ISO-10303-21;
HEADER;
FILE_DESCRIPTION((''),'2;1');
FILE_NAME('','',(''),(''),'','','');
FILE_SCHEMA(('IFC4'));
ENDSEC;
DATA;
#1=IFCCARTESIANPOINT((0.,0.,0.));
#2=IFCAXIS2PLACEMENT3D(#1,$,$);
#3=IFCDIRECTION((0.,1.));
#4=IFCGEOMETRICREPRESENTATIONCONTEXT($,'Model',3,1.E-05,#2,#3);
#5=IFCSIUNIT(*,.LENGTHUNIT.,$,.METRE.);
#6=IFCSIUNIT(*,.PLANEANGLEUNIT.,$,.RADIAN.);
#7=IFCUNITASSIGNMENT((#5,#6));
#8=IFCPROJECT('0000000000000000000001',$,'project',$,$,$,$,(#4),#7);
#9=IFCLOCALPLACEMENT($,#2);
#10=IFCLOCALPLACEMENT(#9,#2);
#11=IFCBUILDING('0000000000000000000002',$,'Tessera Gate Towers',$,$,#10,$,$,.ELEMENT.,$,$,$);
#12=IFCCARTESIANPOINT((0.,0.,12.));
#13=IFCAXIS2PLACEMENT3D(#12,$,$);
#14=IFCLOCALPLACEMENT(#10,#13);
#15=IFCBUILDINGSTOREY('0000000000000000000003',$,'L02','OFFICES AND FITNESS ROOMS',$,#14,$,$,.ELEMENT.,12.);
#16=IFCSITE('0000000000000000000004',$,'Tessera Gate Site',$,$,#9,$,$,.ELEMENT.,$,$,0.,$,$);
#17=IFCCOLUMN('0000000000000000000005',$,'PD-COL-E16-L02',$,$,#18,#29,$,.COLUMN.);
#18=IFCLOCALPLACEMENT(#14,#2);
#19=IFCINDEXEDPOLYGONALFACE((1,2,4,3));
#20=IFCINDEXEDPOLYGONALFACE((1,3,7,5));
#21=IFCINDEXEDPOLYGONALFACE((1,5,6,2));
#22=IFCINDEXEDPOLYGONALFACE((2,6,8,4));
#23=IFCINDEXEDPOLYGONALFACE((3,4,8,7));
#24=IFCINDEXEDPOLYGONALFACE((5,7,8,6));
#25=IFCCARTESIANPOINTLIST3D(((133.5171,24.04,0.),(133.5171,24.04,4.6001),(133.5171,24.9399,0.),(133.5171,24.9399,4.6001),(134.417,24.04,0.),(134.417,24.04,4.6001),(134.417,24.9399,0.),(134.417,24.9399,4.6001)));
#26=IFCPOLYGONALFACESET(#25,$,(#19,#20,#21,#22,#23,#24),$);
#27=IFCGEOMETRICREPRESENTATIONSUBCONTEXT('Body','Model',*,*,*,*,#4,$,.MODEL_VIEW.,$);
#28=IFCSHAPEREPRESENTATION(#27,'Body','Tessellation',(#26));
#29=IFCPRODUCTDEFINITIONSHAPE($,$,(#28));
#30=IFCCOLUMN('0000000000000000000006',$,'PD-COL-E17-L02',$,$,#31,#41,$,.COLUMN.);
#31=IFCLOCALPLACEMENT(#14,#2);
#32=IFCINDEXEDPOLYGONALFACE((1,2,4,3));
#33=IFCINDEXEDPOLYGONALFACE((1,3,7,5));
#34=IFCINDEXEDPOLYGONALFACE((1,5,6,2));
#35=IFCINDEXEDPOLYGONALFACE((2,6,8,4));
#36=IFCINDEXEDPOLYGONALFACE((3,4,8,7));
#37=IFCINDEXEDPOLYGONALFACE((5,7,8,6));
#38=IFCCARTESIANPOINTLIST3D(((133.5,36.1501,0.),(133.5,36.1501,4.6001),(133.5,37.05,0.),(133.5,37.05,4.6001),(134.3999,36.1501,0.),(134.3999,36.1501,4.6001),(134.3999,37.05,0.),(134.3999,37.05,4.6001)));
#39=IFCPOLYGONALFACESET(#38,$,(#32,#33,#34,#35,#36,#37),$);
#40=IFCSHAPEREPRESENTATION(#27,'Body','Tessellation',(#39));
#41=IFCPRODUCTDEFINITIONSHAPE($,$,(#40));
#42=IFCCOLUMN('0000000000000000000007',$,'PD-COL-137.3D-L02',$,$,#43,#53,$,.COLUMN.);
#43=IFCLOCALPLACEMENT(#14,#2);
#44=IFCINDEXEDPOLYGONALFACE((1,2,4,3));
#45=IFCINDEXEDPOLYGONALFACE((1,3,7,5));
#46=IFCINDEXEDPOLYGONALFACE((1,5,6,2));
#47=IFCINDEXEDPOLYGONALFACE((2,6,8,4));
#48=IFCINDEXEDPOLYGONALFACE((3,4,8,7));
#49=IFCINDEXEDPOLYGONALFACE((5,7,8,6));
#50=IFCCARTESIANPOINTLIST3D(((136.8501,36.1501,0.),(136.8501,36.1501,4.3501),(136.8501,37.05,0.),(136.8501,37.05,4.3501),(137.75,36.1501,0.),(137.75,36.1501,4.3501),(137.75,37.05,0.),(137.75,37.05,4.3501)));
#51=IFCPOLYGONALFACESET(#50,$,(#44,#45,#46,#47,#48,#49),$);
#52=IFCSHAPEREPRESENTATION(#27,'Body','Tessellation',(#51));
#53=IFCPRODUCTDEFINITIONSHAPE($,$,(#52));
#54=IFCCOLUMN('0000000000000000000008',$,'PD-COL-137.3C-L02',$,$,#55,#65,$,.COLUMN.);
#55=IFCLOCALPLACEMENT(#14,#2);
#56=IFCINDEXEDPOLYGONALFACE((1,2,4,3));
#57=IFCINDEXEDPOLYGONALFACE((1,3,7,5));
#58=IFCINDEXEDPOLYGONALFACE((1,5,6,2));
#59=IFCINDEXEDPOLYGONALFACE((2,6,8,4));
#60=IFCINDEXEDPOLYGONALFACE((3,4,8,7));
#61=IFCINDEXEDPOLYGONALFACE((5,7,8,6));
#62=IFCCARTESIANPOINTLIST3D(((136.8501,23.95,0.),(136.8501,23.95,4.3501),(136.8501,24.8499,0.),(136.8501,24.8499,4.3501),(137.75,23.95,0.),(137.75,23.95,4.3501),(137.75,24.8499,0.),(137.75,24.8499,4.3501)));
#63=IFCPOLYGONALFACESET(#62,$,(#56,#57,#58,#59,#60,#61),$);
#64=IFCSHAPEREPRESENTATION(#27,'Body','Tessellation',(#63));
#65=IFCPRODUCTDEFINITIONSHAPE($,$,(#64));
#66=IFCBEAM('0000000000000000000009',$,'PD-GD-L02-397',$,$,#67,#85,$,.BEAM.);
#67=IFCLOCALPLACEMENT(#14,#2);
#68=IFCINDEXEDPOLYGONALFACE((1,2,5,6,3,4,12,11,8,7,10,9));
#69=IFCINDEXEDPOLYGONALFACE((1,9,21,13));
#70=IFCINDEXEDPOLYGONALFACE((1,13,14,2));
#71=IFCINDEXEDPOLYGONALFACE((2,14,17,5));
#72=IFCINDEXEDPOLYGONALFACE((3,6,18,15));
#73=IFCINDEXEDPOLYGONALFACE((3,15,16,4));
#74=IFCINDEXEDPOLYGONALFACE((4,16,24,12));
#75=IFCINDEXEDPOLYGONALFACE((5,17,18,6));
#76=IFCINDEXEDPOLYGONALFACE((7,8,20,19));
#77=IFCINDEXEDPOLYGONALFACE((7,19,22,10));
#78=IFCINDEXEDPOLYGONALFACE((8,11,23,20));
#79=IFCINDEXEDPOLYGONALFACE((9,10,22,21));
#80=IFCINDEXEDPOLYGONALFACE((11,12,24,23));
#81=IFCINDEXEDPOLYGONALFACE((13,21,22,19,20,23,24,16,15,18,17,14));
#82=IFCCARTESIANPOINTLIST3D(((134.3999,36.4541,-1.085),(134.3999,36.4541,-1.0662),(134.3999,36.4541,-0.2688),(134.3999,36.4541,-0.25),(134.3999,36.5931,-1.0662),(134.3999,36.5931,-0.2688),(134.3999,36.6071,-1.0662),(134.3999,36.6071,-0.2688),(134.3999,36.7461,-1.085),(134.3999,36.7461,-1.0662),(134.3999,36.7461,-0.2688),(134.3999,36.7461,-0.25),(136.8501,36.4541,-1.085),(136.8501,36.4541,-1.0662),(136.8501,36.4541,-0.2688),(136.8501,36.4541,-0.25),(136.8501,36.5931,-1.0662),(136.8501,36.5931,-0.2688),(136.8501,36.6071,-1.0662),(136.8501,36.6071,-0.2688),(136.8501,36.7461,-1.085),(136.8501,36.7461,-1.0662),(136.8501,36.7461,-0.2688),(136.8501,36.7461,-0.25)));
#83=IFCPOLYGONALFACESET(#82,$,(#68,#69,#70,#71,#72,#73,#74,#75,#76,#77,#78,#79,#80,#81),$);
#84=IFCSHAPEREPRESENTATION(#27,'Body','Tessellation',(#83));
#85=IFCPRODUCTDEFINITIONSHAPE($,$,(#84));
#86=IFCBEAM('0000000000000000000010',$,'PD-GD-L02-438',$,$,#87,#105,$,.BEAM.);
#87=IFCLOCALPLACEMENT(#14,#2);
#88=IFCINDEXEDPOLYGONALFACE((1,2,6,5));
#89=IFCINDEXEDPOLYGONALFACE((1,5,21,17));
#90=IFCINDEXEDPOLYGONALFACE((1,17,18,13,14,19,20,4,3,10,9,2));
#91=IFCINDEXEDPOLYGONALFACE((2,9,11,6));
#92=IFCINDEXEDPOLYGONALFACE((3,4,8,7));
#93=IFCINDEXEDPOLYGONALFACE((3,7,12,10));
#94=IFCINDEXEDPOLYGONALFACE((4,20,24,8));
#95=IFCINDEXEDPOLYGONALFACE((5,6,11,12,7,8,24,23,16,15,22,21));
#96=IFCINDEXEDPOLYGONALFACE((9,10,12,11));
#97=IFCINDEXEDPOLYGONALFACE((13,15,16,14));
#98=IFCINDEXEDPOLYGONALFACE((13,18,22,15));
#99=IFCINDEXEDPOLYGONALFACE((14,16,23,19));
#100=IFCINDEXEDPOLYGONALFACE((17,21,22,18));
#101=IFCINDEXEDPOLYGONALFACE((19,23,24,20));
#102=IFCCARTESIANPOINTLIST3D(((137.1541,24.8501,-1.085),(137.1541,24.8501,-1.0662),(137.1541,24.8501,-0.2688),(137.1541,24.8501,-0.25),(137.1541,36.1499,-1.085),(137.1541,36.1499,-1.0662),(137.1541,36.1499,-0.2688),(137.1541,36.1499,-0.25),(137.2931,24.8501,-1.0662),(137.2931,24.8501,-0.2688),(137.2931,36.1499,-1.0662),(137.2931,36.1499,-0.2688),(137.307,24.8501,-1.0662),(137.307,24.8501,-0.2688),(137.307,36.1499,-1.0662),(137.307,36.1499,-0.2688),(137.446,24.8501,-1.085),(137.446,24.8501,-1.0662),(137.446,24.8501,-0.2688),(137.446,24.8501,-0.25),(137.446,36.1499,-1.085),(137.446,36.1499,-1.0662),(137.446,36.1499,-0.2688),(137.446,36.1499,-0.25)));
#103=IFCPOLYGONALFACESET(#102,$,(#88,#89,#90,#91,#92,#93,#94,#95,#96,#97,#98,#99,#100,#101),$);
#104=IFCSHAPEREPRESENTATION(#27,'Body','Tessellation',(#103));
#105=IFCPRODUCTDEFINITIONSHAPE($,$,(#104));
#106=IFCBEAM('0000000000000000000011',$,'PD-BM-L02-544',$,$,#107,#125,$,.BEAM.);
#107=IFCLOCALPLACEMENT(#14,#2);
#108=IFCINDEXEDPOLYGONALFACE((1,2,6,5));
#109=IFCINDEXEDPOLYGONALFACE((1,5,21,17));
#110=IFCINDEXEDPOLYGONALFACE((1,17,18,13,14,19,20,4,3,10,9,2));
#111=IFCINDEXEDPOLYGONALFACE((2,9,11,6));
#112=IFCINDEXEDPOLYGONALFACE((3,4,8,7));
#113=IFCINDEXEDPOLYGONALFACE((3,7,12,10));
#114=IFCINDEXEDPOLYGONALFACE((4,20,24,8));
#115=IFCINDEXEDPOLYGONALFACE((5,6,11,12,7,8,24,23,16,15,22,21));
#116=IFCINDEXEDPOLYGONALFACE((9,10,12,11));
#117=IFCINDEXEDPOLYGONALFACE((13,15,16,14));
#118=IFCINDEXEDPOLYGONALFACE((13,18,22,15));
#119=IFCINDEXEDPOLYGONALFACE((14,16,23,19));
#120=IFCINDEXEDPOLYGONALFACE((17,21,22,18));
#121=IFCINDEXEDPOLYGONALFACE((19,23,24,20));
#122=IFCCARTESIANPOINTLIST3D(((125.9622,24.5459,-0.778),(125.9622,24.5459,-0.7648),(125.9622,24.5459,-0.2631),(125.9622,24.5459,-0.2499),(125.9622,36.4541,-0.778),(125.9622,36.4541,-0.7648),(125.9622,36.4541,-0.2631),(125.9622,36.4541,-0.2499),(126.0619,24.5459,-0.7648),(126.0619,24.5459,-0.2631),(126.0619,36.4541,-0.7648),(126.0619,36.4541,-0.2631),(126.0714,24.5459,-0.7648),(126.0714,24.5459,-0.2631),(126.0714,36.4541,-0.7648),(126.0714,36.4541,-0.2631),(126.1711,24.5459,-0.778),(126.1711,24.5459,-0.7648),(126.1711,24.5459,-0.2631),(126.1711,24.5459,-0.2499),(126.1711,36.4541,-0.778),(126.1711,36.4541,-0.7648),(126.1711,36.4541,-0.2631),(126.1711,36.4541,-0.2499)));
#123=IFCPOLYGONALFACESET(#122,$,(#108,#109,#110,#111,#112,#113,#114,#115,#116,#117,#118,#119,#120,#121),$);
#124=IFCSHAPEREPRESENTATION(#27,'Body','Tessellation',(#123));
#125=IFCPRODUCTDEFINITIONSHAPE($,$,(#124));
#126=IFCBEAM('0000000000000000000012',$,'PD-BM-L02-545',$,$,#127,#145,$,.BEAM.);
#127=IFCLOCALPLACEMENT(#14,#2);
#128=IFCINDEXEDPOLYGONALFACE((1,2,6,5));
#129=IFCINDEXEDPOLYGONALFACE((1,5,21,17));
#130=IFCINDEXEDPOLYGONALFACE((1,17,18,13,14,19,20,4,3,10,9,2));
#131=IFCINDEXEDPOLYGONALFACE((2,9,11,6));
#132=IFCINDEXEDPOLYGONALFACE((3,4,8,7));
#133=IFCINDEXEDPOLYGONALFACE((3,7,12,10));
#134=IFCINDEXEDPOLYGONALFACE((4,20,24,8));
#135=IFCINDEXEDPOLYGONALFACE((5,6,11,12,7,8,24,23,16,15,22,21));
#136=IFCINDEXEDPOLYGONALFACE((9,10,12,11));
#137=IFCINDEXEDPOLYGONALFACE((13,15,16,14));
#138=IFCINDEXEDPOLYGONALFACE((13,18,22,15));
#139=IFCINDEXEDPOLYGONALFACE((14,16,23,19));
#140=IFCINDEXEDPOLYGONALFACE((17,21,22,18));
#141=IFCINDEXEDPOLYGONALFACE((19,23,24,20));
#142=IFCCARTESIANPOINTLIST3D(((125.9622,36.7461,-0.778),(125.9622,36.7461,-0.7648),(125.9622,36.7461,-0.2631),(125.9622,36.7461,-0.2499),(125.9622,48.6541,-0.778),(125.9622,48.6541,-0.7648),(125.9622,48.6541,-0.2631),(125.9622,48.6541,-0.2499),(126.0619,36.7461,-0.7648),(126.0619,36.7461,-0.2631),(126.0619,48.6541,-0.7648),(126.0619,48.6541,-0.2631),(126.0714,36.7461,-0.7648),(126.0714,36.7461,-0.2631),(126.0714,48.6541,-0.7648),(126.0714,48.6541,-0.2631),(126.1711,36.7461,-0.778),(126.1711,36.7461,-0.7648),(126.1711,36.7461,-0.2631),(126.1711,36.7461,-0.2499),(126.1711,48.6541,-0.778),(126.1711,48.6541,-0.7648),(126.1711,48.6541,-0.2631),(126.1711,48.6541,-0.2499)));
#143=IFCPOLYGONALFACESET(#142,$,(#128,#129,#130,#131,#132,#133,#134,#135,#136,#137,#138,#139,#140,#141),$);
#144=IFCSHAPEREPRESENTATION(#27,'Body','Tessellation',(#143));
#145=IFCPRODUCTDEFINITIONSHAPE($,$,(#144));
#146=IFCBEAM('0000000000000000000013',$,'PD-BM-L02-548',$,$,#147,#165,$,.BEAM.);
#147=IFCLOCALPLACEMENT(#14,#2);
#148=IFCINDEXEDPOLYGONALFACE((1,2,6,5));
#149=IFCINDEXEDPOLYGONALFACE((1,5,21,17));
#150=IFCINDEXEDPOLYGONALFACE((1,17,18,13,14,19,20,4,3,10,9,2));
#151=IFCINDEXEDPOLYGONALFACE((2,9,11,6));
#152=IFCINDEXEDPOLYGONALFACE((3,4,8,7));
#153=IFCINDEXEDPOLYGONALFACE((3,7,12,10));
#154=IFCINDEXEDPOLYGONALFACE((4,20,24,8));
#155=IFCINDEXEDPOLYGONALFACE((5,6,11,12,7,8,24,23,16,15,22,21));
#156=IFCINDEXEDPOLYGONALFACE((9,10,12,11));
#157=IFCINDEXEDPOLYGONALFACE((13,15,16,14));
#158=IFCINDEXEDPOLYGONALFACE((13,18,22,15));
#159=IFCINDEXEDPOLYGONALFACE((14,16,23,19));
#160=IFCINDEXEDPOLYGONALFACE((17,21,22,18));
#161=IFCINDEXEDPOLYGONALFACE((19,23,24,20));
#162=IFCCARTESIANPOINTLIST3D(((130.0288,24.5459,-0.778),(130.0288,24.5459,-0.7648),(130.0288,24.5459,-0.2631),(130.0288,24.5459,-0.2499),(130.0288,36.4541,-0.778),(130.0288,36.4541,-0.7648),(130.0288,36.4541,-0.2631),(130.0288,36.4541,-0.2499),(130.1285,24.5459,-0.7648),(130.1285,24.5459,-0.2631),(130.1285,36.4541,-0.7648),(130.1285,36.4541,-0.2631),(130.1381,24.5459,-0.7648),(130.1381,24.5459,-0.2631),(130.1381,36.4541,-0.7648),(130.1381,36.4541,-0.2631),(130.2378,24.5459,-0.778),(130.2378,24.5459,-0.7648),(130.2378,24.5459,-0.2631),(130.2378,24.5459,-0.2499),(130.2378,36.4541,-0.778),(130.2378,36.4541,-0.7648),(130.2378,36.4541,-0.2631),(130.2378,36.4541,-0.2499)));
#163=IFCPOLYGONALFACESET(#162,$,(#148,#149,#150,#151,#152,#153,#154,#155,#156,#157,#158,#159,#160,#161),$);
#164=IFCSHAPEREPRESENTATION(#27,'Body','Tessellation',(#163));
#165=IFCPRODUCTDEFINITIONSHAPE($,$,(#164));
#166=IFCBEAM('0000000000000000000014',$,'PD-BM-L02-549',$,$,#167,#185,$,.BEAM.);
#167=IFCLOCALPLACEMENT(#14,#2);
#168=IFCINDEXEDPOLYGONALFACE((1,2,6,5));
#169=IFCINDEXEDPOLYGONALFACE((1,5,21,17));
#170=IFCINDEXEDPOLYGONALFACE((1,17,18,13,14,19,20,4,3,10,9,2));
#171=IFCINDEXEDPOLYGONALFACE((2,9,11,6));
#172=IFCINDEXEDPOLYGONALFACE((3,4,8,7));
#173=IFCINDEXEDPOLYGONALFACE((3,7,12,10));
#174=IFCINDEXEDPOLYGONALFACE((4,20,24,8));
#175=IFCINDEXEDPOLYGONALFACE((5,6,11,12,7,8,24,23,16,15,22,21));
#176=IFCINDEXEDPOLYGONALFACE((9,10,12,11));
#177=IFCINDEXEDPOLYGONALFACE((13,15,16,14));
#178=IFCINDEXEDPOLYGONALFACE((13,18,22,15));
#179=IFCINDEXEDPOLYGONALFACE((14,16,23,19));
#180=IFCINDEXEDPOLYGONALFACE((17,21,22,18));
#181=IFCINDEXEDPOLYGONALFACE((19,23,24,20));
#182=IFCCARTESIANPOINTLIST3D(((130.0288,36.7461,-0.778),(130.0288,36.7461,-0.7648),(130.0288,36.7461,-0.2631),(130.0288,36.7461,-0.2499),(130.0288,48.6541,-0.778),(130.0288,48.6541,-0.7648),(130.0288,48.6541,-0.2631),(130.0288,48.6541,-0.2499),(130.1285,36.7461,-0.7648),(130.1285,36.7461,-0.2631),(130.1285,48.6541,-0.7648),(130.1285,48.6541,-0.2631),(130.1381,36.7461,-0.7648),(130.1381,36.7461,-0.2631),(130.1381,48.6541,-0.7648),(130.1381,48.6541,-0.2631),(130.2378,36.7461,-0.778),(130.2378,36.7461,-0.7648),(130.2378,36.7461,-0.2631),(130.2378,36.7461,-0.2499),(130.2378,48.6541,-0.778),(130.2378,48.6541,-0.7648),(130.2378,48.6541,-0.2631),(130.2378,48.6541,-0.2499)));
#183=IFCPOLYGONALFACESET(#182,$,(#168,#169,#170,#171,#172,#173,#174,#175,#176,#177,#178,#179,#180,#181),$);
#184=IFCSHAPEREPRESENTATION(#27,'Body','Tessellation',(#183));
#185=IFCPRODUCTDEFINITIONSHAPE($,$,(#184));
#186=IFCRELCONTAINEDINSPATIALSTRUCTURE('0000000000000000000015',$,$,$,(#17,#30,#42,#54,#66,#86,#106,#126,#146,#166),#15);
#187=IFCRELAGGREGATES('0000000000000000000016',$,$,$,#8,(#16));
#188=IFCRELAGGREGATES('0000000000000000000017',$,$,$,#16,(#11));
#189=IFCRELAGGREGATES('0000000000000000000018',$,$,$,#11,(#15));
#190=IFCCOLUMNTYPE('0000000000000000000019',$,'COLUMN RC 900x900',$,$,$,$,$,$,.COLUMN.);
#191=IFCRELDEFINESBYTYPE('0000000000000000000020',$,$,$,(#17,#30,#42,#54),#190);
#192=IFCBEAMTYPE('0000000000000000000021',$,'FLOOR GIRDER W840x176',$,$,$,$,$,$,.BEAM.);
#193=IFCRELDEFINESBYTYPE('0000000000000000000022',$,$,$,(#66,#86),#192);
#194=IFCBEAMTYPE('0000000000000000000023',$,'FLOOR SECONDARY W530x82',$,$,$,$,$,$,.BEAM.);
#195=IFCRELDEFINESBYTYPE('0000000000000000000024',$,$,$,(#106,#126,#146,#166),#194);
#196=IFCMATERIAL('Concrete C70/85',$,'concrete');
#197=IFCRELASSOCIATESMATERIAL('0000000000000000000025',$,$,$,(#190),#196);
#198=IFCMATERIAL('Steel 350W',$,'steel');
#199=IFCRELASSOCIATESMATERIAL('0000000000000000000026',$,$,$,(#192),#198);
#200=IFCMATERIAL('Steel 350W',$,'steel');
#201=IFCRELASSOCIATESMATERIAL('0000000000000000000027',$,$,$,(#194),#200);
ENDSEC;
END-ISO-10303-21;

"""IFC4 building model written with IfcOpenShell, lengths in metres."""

from ifc_helpers import new_model, si_unit, direction, frame, origin, origin_2d, place, context, subcontext, project, spatial, rectangle, i_section, extrude, material, material_profile, profile_set, type_object, element, save


model = new_model("IFC4")

# Units and contexts
model_context = context("Model", 3, precision=1e-05, world=origin(), true_north=direction((0.0, 1.0)))
body_context = subcontext(model_context, "Body", "Model", "MODEL_VIEW")
ifc_project = project(units=[si_unit("LENGTHUNIT", "METRE"), si_unit("PLANEANGLEUNIT", "RADIAN")], contexts=[model_context])

# Site, building, storey
site_placement = place(None, origin())
site = spatial("IfcSite", under=ifc_project, at=site_placement, Name="Tessera Gate Site", CompositionType="ELEMENT", RefElevation=0.0)
building_placement = place(site_placement, origin())
building = spatial("IfcBuilding", under=site, at=building_placement, Name="Tessera Gate Towers", CompositionType="ELEMENT")
storey_placement = place(building_placement, frame((0.0, 0.0, 12.0)))
storey = spatial("IfcBuildingStorey", under=building, at=storey_placement, Name="L02", Description="OFFICES AND FITNESS ROOMS", CompositionType="ELEMENT", Elevation=12.0)

# Columns
ifc_material_1 = material(Name="Concrete C70/85", Category="concrete")
ifc_material_profile_1 = material_profile(ifc_material_1, rectangle(XDim=0.8999, YDim=0.8999, at=origin_2d()), Name="RC 900x900")
ifc_profile_set_1 = profile_set([ifc_material_profile_1], Name="Concrete C70/85")
column_type = type_object("IfcColumnType", Name="COLUMN RC 900x900", PredefinedType="COLUMN", material=ifc_profile_set_1)
for number, where, z_axis, x_axis, name in (
    (1, (133.967, 24.49, 0.0), (0.0, 0.0, 1.0), (1.0, 0.0, 0.0), "PD-COL-E16-L02"),
    (2, (133.95, 36.6001, 0.0), (0.0, 0.0, 1.0), (1.0, 0.0, 0.0), "PD-COL-E17-L02"),
):
    element("IfcColumn", number, at=place(storey_placement, frame(where, z_axis=z_axis, x_axis=x_axis)), inside=storey, type_object=column_type, Name=name, PredefinedType="COLUMN", context=body_context, shape_type="SweptSolid", body=[
        extrude(rectangle(XDim=0.8999, YDim=0.8999, at=origin_2d()), origin(), (0.0, 0.0, 1.0), 4.6001),
    ])
for number, where, z_axis, x_axis, name in (
    (3, (137.3, 36.6001, 0.0), (0.0, 0.0, 1.0), (1.0, 0.0, 0.0), "PD-COL-137.3D-L02"),
    (4, (137.3, 24.3999, 0.0), (0.0, 0.0, 1.0), (1.0, 0.0, 0.0), "PD-COL-137.3C-L02"),
):
    element("IfcColumn", number, at=place(storey_placement, frame(where, z_axis=z_axis, x_axis=x_axis)), inside=storey, type_object=column_type, Name=name, PredefinedType="COLUMN", context=body_context, shape_type="SweptSolid", body=[
        extrude(rectangle(XDim=0.8999, YDim=0.8999, at=origin_2d()), origin(), (0.0, 0.0, 1.0), 4.3501),
    ])

# Beams
ifc_material_2 = material(Name="Steel 350W", Category="steel")
ifc_material_profile_2 = material_profile(ifc_material_2, i_section(OverallWidth=0.292, OverallDepth=0.835, WebThickness=0.0139, FlangeThickness=0.0188, at=origin_2d()), Name="W840x176")
ifc_profile_set_2 = profile_set([ifc_material_profile_2], Name="Steel 350W")
beam_type_1 = type_object("IfcBeamType", Name="FLOOR GIRDER W840x176", PredefinedType="BEAM", material=ifc_profile_set_2)
beam_1_placement = place(storey_placement, frame((134.3999, 36.6001, -0.6675), z_axis=(1.0, 0.0, 0.0), x_axis=(0.0, 1.0, 0.0)))
element("IfcBeam", 5, at=beam_1_placement, inside=storey, type_object=beam_type_1, Name="PD-GD-L02-397", PredefinedType="BEAM", context=body_context, shape_type="SweptSolid", body=[
    extrude(i_section(OverallWidth=0.292, OverallDepth=0.835, WebThickness=0.0139, FlangeThickness=0.0188, at=origin_2d()), origin(), (0.0, 0.0, 1.0), 2.4502),
])
beam_2_placement = place(storey_placement, frame((137.3, 24.8501, -0.6675), z_axis=(0.0, 1.0, 0.0), x_axis=(-1.0, 0.0, 0.0)))
element("IfcBeam", 6, at=beam_2_placement, inside=storey, type_object=beam_type_1, Name="PD-GD-L02-438", PredefinedType="BEAM", context=body_context, shape_type="SweptSolid", body=[
    extrude(i_section(OverallWidth=0.292, OverallDepth=0.835, WebThickness=0.0139, FlangeThickness=0.0188, at=origin_2d()), origin(), (0.0, 0.0, 1.0), 11.2998),
])
ifc_material_3 = material(Name="Steel 350W", Category="steel")
ifc_material_profile_3 = material_profile(ifc_material_3, i_section(OverallWidth=0.209, OverallDepth=0.5281, WebThickness=0.0095, FlangeThickness=0.0132, at=origin_2d()), Name="W530x82")
ifc_profile_set_3 = profile_set([ifc_material_profile_3], Name="Steel 350W")
beam_type_2 = type_object("IfcBeamType", Name="FLOOR SECONDARY W530x82", PredefinedType="BEAM", material=ifc_profile_set_3)
beam_3_placement = place(storey_placement, frame((126.0667, 24.5459, -0.5139), z_axis=(0.0, 1.0, 0.0), x_axis=(-1.0, 0.0, 0.0)))
element("IfcBeam", 7, at=beam_3_placement, inside=storey, type_object=beam_type_2, Name="PD-BM-L02-544", PredefinedType="BEAM", context=body_context, shape_type="SweptSolid", body=[
    extrude(i_section(OverallWidth=0.209, OverallDepth=0.5281, WebThickness=0.0095, FlangeThickness=0.0132, at=origin_2d()), origin(), (0.0, 0.0, 1.0), 11.9082),
])
beam_4_placement = place(storey_placement, frame((126.0667, 36.7461, -0.5139), z_axis=(0.0, 1.0, 0.0), x_axis=(-1.0, 0.0, 0.0)))
element("IfcBeam", 8, at=beam_4_placement, inside=storey, type_object=beam_type_2, Name="PD-BM-L02-545", PredefinedType="BEAM", context=body_context, shape_type="SweptSolid", body=[
    extrude(i_section(OverallWidth=0.209, OverallDepth=0.5281, WebThickness=0.0095, FlangeThickness=0.0132, at=origin_2d()), origin(), (0.0, 0.0, 1.0), 11.908),
])
beam_5_placement = place(storey_placement, frame((130.1333, 24.5459, -0.5139), z_axis=(0.0, 1.0, 0.0), x_axis=(-1.0, 0.0, 0.0)))
element("IfcBeam", 9, at=beam_5_placement, inside=storey, type_object=beam_type_2, Name="PD-BM-L02-548", PredefinedType="BEAM", context=body_context, shape_type="SweptSolid", body=[
    extrude(i_section(OverallWidth=0.209, OverallDepth=0.5281, WebThickness=0.0095, FlangeThickness=0.0132, at=origin_2d()), origin(), (0.0, 0.0, 1.0), 11.9082),
])
beam_6_placement = place(storey_placement, frame((130.1333, 36.7461, -0.5139), z_axis=(0.0, 1.0, 0.0), x_axis=(-1.0, 0.0, 0.0)))
element("IfcBeam", 10, at=beam_6_placement, inside=storey, type_object=beam_type_2, Name="PD-BM-L02-549", PredefinedType="BEAM", context=body_context, shape_type="SweptSolid", body=[
    extrude(i_section(OverallWidth=0.209, OverallDepth=0.5281, WebThickness=0.0095, FlangeThickness=0.0132, at=origin_2d()), origin(), (0.0, 0.0, 1.0), 11.908),
])

save(model, "model.ifc")
